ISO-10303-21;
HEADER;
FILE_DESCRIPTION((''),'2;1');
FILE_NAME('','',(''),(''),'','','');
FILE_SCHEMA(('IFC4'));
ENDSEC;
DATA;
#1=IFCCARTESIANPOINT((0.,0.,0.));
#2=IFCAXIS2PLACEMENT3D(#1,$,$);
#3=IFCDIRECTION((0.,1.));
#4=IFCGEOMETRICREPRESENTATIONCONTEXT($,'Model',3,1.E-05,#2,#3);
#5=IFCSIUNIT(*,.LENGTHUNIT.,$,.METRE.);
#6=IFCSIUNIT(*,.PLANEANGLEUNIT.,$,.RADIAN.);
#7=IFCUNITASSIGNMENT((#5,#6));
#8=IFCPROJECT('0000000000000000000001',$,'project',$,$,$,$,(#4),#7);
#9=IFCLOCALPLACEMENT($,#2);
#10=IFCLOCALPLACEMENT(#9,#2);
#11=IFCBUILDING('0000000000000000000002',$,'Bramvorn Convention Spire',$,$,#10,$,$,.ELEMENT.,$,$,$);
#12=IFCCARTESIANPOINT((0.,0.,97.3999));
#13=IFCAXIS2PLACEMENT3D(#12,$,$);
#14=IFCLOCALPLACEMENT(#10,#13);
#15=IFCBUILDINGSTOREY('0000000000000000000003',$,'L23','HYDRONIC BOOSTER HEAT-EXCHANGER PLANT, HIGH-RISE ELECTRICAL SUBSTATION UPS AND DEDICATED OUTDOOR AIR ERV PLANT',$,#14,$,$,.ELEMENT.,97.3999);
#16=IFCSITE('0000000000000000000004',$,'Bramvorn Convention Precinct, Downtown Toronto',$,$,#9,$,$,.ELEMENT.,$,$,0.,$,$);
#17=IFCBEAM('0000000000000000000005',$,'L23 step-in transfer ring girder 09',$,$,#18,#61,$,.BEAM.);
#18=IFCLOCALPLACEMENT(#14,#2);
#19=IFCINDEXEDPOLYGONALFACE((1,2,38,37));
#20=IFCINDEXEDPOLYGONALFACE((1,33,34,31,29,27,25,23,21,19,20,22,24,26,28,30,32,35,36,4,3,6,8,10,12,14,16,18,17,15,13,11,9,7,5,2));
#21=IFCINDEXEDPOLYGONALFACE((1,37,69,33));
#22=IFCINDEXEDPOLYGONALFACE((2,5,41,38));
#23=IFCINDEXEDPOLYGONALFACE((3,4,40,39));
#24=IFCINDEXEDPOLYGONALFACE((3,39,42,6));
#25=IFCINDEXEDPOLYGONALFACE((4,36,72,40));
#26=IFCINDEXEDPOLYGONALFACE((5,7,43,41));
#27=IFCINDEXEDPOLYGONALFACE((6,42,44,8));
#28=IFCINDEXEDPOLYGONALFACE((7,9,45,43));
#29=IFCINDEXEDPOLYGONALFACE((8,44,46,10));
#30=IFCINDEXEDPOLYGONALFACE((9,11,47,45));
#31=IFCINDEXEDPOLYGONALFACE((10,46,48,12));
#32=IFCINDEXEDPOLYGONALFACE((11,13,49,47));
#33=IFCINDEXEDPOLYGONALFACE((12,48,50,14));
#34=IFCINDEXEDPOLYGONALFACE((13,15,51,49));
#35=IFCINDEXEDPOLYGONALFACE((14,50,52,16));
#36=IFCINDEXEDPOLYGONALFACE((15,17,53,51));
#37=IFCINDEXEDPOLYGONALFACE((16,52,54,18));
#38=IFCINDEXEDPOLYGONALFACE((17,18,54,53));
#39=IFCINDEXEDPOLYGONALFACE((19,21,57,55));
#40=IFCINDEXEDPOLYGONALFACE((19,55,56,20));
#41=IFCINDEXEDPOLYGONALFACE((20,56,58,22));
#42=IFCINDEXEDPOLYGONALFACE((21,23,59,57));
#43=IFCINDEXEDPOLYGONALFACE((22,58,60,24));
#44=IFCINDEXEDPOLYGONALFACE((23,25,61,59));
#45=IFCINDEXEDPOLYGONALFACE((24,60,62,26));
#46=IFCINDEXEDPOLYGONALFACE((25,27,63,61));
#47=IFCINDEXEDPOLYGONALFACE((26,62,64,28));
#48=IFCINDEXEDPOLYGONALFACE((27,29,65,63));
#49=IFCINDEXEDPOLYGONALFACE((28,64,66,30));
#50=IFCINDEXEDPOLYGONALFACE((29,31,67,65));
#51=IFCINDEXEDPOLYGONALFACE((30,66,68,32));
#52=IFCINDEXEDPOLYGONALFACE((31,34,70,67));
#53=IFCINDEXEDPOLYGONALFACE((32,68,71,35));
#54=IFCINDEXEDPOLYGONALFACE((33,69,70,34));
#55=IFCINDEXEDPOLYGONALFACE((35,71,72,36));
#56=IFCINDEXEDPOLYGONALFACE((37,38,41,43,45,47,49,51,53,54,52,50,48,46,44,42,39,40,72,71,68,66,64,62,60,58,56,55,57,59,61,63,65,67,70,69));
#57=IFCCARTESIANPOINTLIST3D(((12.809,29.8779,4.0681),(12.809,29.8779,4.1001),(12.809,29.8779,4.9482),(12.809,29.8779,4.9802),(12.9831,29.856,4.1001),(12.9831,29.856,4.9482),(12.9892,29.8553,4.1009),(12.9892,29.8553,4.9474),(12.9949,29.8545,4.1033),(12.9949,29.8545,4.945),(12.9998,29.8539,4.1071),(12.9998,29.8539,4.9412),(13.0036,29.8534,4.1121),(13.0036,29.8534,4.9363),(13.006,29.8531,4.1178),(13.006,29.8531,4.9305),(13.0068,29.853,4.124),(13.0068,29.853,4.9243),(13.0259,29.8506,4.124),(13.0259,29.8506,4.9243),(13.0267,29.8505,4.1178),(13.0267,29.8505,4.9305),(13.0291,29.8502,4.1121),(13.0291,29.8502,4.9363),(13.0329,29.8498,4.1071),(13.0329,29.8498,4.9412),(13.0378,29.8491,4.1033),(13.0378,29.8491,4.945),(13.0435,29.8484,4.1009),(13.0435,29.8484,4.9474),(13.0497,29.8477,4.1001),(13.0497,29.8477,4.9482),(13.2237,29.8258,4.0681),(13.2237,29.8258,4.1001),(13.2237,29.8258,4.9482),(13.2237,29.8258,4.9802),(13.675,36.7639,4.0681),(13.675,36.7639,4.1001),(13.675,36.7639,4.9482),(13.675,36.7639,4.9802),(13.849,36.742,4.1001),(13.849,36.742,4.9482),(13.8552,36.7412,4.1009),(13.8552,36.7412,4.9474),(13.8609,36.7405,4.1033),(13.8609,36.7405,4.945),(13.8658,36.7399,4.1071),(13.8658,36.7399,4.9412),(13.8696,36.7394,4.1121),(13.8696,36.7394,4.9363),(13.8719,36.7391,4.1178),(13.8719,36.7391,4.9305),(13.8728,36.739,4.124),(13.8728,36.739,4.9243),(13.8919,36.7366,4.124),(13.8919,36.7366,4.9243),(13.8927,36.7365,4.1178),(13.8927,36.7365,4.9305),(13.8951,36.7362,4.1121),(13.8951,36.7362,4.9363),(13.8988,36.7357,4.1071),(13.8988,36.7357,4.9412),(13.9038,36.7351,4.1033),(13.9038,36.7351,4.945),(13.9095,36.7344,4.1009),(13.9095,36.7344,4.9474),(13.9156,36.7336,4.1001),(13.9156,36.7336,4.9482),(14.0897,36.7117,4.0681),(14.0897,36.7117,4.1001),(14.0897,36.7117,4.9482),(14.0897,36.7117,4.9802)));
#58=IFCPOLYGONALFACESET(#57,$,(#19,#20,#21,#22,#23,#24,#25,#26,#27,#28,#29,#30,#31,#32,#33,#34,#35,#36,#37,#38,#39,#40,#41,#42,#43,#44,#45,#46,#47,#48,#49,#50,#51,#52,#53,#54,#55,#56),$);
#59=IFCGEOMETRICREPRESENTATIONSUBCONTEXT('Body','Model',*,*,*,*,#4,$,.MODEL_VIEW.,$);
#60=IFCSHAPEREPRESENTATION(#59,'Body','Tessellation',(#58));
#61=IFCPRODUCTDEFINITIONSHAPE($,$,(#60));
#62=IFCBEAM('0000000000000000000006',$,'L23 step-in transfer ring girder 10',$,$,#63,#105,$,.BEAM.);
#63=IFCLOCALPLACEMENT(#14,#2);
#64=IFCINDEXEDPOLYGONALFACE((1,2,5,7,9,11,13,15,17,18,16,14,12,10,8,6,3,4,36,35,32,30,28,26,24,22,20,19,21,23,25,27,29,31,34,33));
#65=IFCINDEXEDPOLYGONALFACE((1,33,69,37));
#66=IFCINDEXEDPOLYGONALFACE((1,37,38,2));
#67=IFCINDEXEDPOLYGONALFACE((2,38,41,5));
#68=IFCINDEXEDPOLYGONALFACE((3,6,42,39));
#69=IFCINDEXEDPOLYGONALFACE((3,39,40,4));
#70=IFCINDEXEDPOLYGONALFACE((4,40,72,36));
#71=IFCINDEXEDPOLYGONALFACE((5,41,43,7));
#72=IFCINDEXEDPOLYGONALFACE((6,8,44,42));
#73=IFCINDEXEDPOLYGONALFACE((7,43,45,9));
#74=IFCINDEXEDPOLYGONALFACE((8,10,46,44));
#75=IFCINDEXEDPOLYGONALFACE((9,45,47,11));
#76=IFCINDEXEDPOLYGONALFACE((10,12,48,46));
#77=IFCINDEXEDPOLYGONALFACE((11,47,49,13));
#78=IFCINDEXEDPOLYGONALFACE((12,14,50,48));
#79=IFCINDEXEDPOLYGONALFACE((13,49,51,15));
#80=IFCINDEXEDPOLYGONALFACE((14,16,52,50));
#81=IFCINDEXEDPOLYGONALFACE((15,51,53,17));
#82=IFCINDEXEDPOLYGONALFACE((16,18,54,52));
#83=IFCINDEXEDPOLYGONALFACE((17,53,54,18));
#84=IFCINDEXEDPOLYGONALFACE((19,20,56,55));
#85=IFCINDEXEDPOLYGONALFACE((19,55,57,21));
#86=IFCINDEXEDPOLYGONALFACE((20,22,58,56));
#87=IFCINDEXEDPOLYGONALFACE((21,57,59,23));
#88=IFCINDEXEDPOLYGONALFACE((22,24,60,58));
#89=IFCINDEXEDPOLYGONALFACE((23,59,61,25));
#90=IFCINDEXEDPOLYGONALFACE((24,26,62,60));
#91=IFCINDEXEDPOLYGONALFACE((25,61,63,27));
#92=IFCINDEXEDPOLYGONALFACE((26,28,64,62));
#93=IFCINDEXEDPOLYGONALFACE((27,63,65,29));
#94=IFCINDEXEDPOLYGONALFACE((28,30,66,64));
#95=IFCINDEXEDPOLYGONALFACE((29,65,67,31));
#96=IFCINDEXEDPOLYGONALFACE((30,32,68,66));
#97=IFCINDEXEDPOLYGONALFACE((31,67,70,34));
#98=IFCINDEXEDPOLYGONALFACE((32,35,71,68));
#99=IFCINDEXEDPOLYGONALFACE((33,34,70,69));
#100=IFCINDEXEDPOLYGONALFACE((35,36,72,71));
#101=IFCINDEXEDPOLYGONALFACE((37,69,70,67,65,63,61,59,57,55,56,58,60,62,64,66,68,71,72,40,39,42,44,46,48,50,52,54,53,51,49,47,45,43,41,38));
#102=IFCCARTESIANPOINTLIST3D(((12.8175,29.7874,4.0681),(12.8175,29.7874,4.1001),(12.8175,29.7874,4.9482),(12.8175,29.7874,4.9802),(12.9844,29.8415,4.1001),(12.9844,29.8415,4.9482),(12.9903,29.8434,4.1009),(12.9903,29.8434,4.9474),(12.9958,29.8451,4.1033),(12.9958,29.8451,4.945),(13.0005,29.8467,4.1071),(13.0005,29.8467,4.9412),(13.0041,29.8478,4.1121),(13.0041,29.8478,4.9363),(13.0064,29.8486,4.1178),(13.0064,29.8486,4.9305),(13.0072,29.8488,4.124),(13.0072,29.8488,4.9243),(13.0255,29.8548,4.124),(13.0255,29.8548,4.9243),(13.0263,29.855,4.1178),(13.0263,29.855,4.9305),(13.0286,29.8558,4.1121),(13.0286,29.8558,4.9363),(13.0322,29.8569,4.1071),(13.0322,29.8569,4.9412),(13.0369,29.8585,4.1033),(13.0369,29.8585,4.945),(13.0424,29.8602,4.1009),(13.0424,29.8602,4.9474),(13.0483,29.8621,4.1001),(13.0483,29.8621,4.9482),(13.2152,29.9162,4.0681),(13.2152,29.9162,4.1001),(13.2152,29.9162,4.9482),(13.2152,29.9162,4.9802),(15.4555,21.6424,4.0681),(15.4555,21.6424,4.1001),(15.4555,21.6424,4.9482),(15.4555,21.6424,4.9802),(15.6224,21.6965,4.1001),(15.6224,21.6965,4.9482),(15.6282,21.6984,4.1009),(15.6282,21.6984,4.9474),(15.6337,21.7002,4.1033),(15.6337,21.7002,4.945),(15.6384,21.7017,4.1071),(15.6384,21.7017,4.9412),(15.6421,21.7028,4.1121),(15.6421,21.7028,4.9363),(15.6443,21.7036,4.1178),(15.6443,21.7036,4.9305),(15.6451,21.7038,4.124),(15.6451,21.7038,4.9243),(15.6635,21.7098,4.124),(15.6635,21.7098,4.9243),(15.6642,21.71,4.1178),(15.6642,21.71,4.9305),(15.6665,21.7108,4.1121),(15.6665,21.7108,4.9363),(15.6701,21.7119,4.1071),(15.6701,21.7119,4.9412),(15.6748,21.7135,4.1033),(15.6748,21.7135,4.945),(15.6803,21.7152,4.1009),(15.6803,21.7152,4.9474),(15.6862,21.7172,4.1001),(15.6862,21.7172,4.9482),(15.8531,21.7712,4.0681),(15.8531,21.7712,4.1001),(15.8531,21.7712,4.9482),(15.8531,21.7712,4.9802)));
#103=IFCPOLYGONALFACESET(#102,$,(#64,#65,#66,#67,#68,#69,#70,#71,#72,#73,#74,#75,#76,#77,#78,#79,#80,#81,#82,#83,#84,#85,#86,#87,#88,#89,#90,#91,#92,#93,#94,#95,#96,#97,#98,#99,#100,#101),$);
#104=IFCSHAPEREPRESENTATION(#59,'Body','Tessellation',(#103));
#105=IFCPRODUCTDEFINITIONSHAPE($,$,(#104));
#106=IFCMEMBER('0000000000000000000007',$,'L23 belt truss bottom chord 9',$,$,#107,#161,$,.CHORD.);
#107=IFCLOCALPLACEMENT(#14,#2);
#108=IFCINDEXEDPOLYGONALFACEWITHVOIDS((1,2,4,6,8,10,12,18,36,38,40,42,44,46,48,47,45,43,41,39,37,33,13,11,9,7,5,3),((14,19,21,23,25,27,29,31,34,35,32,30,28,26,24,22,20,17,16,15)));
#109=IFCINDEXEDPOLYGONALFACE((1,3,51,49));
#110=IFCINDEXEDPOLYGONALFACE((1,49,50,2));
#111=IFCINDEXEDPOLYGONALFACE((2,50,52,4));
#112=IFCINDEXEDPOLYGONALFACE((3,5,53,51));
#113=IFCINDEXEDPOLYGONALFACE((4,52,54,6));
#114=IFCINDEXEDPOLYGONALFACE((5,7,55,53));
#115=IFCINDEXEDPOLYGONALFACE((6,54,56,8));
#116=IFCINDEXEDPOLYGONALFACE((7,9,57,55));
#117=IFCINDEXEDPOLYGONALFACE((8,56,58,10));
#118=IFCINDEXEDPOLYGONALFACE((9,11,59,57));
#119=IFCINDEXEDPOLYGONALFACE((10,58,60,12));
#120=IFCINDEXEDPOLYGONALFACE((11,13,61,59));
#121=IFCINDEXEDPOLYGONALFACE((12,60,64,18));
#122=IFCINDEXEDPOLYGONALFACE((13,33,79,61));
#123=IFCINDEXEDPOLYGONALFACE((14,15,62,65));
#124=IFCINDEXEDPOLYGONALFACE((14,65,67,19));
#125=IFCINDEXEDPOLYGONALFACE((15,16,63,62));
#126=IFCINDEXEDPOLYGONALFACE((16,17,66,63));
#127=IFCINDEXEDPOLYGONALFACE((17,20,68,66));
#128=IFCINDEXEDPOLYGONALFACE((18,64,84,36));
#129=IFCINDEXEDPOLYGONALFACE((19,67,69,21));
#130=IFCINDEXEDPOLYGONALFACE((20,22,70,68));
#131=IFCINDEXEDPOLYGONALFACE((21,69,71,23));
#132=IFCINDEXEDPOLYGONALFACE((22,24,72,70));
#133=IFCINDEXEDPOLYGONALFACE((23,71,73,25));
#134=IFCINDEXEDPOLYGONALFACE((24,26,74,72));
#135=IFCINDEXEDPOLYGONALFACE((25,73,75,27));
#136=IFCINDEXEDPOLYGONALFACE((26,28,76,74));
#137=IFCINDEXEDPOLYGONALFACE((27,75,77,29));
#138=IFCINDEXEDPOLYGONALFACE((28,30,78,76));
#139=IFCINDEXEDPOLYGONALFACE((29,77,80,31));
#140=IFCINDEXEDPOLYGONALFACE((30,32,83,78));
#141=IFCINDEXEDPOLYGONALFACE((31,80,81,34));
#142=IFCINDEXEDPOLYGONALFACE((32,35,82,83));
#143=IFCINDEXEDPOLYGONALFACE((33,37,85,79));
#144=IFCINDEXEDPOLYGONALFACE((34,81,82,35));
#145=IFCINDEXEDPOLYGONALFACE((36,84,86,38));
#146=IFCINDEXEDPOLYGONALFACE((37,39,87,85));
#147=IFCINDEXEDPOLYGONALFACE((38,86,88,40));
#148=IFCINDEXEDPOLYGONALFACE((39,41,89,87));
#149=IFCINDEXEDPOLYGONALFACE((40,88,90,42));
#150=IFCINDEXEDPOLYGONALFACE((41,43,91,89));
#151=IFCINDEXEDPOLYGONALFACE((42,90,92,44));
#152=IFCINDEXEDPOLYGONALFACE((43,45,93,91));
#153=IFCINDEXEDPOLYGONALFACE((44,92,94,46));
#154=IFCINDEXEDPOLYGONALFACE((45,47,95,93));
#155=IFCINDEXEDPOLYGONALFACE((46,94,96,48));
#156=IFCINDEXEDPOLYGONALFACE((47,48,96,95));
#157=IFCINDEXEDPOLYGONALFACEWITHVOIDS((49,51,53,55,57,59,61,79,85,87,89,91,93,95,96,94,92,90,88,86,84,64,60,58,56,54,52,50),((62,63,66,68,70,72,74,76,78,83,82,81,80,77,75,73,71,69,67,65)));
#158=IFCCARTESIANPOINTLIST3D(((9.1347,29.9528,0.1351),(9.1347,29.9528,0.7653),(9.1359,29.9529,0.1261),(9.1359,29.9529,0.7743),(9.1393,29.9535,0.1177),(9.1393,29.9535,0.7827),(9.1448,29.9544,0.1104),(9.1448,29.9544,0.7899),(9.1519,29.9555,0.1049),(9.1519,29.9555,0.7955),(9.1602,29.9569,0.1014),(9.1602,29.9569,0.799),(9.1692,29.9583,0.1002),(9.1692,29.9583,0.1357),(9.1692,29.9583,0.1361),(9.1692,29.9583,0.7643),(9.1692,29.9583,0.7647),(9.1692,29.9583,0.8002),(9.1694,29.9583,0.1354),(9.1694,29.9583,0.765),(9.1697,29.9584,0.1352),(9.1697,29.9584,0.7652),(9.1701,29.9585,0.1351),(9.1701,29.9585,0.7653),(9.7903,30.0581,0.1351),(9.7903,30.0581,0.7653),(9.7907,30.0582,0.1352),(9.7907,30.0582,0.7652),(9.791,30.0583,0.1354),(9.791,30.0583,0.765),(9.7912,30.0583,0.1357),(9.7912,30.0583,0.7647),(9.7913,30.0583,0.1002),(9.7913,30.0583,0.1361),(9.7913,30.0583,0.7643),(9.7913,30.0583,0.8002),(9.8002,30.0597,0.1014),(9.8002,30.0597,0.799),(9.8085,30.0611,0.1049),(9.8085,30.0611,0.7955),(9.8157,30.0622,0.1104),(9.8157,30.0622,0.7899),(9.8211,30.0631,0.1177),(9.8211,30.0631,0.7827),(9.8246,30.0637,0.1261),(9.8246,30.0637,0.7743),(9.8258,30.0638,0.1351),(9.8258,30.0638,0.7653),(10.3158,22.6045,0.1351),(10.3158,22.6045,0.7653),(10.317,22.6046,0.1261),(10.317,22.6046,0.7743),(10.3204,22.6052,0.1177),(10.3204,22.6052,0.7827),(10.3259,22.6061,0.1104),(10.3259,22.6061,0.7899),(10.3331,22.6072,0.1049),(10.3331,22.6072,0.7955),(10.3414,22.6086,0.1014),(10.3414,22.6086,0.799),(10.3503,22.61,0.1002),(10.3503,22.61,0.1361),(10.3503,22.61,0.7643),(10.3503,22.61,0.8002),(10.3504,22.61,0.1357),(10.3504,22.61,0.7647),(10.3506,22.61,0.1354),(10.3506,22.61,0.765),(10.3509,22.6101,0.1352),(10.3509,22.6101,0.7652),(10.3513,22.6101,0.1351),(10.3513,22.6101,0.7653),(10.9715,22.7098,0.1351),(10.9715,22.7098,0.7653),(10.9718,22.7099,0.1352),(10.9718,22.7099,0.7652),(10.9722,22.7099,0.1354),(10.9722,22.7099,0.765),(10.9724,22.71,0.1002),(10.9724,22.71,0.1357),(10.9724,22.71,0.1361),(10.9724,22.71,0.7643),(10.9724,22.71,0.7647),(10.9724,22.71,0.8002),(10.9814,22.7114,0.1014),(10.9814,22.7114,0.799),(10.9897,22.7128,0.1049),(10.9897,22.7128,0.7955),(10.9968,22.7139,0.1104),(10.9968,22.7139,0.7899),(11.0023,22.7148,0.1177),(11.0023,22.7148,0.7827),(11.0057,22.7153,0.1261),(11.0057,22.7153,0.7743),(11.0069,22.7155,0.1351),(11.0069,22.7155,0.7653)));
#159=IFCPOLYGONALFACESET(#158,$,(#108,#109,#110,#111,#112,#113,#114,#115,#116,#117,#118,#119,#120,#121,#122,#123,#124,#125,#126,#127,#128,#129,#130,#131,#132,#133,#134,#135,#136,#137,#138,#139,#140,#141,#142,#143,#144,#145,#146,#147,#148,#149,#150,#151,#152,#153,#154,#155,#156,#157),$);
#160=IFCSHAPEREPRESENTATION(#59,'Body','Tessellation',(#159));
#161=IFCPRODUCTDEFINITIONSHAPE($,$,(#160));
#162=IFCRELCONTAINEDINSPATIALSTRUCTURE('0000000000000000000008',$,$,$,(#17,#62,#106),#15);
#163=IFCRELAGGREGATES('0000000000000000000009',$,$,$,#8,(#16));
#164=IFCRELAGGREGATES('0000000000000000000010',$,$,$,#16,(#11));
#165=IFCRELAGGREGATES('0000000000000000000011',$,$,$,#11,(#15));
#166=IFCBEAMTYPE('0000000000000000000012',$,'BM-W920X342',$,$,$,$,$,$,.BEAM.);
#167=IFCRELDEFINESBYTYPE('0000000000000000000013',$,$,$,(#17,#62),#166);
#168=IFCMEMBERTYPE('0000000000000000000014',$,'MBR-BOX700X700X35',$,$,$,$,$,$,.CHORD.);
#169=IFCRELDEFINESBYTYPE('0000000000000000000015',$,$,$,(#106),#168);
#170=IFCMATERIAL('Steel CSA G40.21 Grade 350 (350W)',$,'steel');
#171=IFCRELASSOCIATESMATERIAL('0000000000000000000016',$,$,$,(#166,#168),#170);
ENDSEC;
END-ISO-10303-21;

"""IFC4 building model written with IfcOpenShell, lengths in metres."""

from ifc_helpers import new_model, si_unit, direction, frame, origin, origin_2d, place, context, subcontext, project, spatial, hollow_rectangle, i_section, extrude, material, material_profile, profile_set, type_object, element, save


model = new_model("IFC4")

# Units and contexts
model_context = context("Model", 3, precision=1e-05, world=origin(), true_north=direction((0.0, 1.0)))
body_context = subcontext(model_context, "Body", "Model", "MODEL_VIEW")
ifc_project = project(units=[si_unit("LENGTHUNIT", "METRE"), si_unit("PLANEANGLEUNIT", "RADIAN")], contexts=[model_context])

# Site, building, storey
site_placement = place(None, origin())
site = spatial("IfcSite", under=ifc_project, at=site_placement, Name="Bramvorn Convention Precinct, Downtown Toronto", CompositionType="ELEMENT", RefElevation=0.0)
building_placement = place(site_placement, origin())
building = spatial("IfcBuilding", under=site, at=building_placement, Name="Bramvorn Convention Spire", CompositionType="ELEMENT")
storey_placement = place(building_placement, frame((0.0, 0.0, 97.3999)))
storey = spatial("IfcBuildingStorey", under=building, at=storey_placement, Name="L23", Description="HYDRONIC BOOSTER HEAT-EXCHANGER PLANT, HIGH-RISE ELECTRICAL SUBSTATION UPS AND DEDICATED OUTDOOR AIR ERV PLANT", CompositionType="ELEMENT", Elevation=97.3999)

# Shared definitions
ifc_material_1 = material(Name="Steel CSA G40.21 Grade 350 (350W)", Category="steel")

# Beams
ifc_material_profile_1 = material_profile(ifc_material_1, i_section(OverallWidth=0.418, OverallDepth=0.9121, WebThickness=0.0193, FlangeThickness=0.032, FilletRadius=0.0239, at=origin_2d()))
ifc_profile_set_1 = profile_set([ifc_material_profile_1], Name="Steel CSA G40.21 Grade 350 (350W) - W920X342")
beam_type = type_object("IfcBeamType", Name="BM-W920X342", PredefinedType="BEAM", material=ifc_profile_set_1)
beam_1_placement = place(storey_placement, frame((13.8823, 36.7378, 4.5242), z_axis=(-0.124775, -0.992185, 0.0), x_axis=(0.992185, -0.124775, 0.0)))
element("IfcBeam", 1, at=beam_1_placement, inside=storey, type_object=beam_type, Name="L23 step-in transfer ring girder 09", PredefinedType="BEAM", context=body_context, shape_type="SweptSolid", body=[
    extrude(i_section(OverallWidth=0.418, OverallDepth=0.9121, WebThickness=0.0193, FlangeThickness=0.032, FilletRadius=0.0239, at=origin_2d()), origin(), (0.0, 0.0, 1.0), 6.9402),
])
beam_2_placement = place(storey_placement, frame((13.0164, 29.8518, 4.5242), z_axis=(0.308115, -0.951349, 0.0), x_axis=(0.951349, 0.308115, 0.0)))
element("IfcBeam", 2, at=beam_2_placement, inside=storey, type_object=beam_type, Name="L23 step-in transfer ring girder 10", PredefinedType="BEAM", context=body_context, shape_type="SweptSolid", body=[
    extrude(i_section(OverallWidth=0.418, OverallDepth=0.9121, WebThickness=0.0193, FlangeThickness=0.032, FilletRadius=0.0239, at=origin_2d()), origin(), (0.0, 0.0, 1.0), 8.5615),
])

# Member
ifc_material_profile_2 = material_profile(ifc_material_1, hollow_rectangle(XDim=0.7, YDim=0.7, WallThickness=0.0349, InnerFilletRadius=0.001, OuterFilletRadius=0.0349, at=origin_2d()))
ifc_profile_set_2 = profile_set([ifc_material_profile_2], Name="Steel CSA G40.21 Grade 350 (350W) - BOX700X700X35")
member_type_1 = type_object("IfcMemberType", Name="MBR-BOX700X700X35", PredefinedType="CHORD", material=ifc_profile_set_2)
member_1_placement = place(storey_placement, frame((9.4802, 30.0083, 0.4502), z_axis=(0.158699, -0.987327, 0.0), x_axis=(0.987327, 0.158699, 0.0)))
element("IfcMember", 3, at=member_1_placement, inside=storey, type_object=member_type_1, Name="L23 belt truss bottom chord 9", PredefinedType="CHORD", context=body_context, shape_type="SweptSolid", body=[
    extrude(hollow_rectangle(XDim=0.7, YDim=0.7, WallThickness=0.0349, InnerFilletRadius=0.001, OuterFilletRadius=0.0349, at=origin_2d()), origin(), (0.0, 0.0, 1.0), 7.4426),
])

save(model, "model.ifc")
